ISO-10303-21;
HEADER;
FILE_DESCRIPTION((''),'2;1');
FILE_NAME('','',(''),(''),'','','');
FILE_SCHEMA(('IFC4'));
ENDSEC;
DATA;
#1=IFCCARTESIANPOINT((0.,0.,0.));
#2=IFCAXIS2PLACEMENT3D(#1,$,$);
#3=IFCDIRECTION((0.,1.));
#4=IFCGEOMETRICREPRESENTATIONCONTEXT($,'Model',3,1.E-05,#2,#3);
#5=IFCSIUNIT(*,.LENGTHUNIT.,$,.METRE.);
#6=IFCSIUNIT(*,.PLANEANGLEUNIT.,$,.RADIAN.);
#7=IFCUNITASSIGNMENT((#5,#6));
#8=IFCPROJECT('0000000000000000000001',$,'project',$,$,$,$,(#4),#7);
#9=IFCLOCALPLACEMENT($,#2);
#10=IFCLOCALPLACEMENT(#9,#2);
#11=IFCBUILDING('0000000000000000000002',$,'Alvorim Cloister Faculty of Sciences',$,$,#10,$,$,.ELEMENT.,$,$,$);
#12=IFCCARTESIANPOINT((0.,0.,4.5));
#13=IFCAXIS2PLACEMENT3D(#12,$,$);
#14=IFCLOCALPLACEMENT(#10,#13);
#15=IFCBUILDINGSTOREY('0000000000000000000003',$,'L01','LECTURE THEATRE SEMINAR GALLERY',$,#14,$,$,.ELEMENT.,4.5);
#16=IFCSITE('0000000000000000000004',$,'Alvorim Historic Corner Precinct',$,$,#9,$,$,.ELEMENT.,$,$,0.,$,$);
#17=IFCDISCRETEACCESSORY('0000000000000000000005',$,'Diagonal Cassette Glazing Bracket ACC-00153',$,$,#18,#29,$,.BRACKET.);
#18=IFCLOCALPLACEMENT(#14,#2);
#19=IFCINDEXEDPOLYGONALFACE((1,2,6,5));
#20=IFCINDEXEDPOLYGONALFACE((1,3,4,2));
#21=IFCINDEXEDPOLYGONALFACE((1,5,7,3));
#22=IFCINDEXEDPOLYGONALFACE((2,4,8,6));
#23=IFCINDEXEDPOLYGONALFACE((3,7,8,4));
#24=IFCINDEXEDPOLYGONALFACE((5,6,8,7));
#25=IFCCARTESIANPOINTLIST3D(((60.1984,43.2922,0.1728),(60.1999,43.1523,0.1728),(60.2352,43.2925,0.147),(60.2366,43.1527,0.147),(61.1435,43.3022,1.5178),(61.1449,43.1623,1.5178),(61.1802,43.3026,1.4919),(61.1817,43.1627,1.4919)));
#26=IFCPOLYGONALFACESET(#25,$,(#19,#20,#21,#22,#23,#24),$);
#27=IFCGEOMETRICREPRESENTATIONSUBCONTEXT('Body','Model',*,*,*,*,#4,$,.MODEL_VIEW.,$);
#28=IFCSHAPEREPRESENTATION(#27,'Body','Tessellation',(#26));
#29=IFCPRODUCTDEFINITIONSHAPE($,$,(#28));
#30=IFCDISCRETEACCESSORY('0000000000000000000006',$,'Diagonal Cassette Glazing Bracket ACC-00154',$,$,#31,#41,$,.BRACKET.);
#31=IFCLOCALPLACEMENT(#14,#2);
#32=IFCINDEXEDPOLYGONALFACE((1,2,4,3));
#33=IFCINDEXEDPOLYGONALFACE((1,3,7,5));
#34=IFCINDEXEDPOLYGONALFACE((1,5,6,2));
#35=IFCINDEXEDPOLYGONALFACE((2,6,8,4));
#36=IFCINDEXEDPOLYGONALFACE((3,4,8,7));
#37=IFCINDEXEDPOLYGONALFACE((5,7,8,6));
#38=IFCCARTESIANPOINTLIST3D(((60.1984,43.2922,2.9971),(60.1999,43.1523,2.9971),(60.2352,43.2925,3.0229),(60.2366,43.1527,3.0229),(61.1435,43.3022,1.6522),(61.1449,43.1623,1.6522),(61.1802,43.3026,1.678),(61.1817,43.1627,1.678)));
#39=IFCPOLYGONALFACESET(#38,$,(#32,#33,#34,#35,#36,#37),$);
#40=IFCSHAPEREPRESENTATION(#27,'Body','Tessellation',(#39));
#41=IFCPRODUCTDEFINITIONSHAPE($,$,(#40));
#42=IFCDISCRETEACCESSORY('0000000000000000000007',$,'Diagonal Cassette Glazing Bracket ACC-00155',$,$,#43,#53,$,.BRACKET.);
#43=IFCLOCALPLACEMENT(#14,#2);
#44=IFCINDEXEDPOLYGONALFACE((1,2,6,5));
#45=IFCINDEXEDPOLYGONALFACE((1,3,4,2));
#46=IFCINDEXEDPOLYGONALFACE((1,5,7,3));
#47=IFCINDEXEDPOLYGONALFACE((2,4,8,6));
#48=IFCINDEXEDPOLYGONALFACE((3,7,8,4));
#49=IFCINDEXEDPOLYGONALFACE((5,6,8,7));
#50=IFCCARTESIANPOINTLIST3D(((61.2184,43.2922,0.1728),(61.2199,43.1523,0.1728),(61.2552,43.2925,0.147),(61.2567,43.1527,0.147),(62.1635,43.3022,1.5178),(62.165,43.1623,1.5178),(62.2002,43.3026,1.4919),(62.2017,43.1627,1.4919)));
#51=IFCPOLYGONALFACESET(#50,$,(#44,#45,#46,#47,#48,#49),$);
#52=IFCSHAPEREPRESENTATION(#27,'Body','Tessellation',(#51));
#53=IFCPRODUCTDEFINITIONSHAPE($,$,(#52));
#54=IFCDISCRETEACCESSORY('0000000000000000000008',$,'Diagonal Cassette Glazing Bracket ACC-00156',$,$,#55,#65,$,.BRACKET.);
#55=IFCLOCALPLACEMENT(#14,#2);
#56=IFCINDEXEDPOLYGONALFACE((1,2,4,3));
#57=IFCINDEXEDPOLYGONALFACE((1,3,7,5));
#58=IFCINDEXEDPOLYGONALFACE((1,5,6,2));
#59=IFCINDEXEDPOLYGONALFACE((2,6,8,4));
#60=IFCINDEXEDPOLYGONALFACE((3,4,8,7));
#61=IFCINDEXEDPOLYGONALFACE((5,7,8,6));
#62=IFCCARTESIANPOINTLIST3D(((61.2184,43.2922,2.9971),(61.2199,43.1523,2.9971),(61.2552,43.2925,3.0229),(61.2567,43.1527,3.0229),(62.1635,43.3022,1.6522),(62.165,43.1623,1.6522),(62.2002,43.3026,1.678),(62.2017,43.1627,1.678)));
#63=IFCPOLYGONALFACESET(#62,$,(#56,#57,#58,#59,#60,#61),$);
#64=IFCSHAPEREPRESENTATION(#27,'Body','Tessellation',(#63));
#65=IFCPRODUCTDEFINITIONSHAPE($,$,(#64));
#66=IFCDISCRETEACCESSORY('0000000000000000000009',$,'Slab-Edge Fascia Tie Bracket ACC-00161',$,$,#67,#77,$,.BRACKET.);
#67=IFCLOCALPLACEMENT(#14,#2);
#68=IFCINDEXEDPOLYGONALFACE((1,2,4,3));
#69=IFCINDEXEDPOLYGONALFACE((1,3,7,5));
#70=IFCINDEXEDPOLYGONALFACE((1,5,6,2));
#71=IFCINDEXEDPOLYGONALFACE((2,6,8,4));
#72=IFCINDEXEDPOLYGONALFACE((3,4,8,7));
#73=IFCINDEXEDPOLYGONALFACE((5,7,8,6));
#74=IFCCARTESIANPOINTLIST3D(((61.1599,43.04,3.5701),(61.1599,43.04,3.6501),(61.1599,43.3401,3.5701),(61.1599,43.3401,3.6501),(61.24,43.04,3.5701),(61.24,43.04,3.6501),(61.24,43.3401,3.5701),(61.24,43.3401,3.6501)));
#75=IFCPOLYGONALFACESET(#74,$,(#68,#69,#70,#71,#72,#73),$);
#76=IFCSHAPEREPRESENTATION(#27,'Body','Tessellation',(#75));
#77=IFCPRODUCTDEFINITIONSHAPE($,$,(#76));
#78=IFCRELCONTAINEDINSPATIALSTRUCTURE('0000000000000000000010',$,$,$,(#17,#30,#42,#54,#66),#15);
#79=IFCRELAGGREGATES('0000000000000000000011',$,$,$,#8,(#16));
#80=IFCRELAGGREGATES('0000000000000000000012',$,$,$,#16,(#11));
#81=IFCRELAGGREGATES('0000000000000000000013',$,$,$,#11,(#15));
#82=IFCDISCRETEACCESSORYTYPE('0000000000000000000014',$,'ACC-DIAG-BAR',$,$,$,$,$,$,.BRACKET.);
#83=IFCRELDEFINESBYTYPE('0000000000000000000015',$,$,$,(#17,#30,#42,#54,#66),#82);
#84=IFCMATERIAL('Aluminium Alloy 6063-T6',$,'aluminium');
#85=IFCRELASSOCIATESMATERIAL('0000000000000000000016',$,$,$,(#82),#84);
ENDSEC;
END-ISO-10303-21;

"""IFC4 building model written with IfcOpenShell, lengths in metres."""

from ifc_helpers import new_model, si_unit, direction, frame, origin, origin_2d, place, context, subcontext, project, spatial, rectangle, extrude, material, type_object, element, save


model = new_model("IFC4")

# Units and contexts
model_context = context("Model", 3, precision=1e-05, world=origin(), true_north=direction((0.0, 1.0)))
body_context = subcontext(model_context, "Body", "Model", "MODEL_VIEW")
ifc_project = project(units=[si_unit("LENGTHUNIT", "METRE"), si_unit("PLANEANGLEUNIT", "RADIAN")], contexts=[model_context])

# Site, building, storey
site_placement = place(None, origin())
site = spatial("IfcSite", under=ifc_project, at=site_placement, Name="Alvorim Historic Corner Precinct", CompositionType="ELEMENT", RefElevation=0.0)
building_placement = place(site_placement, origin())
building = spatial("IfcBuilding", under=site, at=building_placement, Name="Alvorim Cloister Faculty of Sciences", CompositionType="ELEMENT")
storey_placement = place(building_placement, frame((0.0, 0.0, 4.5)))
storey = spatial("IfcBuildingStorey", under=building, at=storey_placement, Name="L01", Description="LECTURE THEATRE SEMINAR GALLERY", CompositionType="ELEMENT", Elevation=4.5)

# Shared definitions
ifc_material_1 = material(Name="Aluminium Alloy 6063-T6", Category="aluminium")

# Discrete accessories
discrete_accessory_type = type_object("IfcDiscreteAccessoryType", Name="ACC-DIAG-BAR", PredefinedType="BRACKET", material=ifc_material_1)
for number, where, z_axis, x_axis, name in (
    (1, (60.2175, 43.2224, 0.1599), (0.574916, 0.006089, 0.81819), (-0.010591, 0.999944, 0.0), "Diagonal Cassette Glazing Bracket ACC-00153"),
    (2, (60.2175, 43.2224, 3.01), (0.574916, 0.006089, -0.81819), (-0.010591, 0.999944, 0.0), "Diagonal Cassette Glazing Bracket ACC-00154"),
    (3, (61.2375, 43.2224, 0.1599), (0.574916, 0.006089, 0.81819), (-0.010591, 0.999944, 0.0), "Diagonal Cassette Glazing Bracket ACC-00155"),
    (4, (61.2375, 43.2224, 3.01), (0.574916, 0.006089, -0.81819), (-0.010591, 0.999944, 0.0), "Diagonal Cassette Glazing Bracket ACC-00156"),
):
    element("IfcDiscreteAccessory", number, at=place(storey_placement, frame(where, z_axis=z_axis, x_axis=x_axis)), inside=storey, type_object=discrete_accessory_type, Name=name, PredefinedType="BRACKET", context=body_context, shape_type="SweptSolid", body=[
        extrude(rectangle(XDim=0.1399, YDim=0.0449, at=origin_2d()), origin(), (0.0, 0.0, 1.0), 1.6438),
    ])
discrete_accessory_placement = place(storey_placement, frame((61.2, 43.3401, 3.6101), z_axis=(0.0, -1.0, 0.0), x_axis=(1.0, 0.0, 0.0)))
element("IfcDiscreteAccessory", 5, at=discrete_accessory_placement, inside=storey, type_object=discrete_accessory_type, Name="Slab-Edge Fascia Tie Bracket ACC-00161", PredefinedType="BRACKET", context=body_context, shape_type="SweptSolid", body=[
    extrude(rectangle(XDim=0.0801, YDim=0.0801, at=origin_2d()), origin(), (0.0, 0.0, 1.0), 0.3),
])

save(model, "model.ifc")
